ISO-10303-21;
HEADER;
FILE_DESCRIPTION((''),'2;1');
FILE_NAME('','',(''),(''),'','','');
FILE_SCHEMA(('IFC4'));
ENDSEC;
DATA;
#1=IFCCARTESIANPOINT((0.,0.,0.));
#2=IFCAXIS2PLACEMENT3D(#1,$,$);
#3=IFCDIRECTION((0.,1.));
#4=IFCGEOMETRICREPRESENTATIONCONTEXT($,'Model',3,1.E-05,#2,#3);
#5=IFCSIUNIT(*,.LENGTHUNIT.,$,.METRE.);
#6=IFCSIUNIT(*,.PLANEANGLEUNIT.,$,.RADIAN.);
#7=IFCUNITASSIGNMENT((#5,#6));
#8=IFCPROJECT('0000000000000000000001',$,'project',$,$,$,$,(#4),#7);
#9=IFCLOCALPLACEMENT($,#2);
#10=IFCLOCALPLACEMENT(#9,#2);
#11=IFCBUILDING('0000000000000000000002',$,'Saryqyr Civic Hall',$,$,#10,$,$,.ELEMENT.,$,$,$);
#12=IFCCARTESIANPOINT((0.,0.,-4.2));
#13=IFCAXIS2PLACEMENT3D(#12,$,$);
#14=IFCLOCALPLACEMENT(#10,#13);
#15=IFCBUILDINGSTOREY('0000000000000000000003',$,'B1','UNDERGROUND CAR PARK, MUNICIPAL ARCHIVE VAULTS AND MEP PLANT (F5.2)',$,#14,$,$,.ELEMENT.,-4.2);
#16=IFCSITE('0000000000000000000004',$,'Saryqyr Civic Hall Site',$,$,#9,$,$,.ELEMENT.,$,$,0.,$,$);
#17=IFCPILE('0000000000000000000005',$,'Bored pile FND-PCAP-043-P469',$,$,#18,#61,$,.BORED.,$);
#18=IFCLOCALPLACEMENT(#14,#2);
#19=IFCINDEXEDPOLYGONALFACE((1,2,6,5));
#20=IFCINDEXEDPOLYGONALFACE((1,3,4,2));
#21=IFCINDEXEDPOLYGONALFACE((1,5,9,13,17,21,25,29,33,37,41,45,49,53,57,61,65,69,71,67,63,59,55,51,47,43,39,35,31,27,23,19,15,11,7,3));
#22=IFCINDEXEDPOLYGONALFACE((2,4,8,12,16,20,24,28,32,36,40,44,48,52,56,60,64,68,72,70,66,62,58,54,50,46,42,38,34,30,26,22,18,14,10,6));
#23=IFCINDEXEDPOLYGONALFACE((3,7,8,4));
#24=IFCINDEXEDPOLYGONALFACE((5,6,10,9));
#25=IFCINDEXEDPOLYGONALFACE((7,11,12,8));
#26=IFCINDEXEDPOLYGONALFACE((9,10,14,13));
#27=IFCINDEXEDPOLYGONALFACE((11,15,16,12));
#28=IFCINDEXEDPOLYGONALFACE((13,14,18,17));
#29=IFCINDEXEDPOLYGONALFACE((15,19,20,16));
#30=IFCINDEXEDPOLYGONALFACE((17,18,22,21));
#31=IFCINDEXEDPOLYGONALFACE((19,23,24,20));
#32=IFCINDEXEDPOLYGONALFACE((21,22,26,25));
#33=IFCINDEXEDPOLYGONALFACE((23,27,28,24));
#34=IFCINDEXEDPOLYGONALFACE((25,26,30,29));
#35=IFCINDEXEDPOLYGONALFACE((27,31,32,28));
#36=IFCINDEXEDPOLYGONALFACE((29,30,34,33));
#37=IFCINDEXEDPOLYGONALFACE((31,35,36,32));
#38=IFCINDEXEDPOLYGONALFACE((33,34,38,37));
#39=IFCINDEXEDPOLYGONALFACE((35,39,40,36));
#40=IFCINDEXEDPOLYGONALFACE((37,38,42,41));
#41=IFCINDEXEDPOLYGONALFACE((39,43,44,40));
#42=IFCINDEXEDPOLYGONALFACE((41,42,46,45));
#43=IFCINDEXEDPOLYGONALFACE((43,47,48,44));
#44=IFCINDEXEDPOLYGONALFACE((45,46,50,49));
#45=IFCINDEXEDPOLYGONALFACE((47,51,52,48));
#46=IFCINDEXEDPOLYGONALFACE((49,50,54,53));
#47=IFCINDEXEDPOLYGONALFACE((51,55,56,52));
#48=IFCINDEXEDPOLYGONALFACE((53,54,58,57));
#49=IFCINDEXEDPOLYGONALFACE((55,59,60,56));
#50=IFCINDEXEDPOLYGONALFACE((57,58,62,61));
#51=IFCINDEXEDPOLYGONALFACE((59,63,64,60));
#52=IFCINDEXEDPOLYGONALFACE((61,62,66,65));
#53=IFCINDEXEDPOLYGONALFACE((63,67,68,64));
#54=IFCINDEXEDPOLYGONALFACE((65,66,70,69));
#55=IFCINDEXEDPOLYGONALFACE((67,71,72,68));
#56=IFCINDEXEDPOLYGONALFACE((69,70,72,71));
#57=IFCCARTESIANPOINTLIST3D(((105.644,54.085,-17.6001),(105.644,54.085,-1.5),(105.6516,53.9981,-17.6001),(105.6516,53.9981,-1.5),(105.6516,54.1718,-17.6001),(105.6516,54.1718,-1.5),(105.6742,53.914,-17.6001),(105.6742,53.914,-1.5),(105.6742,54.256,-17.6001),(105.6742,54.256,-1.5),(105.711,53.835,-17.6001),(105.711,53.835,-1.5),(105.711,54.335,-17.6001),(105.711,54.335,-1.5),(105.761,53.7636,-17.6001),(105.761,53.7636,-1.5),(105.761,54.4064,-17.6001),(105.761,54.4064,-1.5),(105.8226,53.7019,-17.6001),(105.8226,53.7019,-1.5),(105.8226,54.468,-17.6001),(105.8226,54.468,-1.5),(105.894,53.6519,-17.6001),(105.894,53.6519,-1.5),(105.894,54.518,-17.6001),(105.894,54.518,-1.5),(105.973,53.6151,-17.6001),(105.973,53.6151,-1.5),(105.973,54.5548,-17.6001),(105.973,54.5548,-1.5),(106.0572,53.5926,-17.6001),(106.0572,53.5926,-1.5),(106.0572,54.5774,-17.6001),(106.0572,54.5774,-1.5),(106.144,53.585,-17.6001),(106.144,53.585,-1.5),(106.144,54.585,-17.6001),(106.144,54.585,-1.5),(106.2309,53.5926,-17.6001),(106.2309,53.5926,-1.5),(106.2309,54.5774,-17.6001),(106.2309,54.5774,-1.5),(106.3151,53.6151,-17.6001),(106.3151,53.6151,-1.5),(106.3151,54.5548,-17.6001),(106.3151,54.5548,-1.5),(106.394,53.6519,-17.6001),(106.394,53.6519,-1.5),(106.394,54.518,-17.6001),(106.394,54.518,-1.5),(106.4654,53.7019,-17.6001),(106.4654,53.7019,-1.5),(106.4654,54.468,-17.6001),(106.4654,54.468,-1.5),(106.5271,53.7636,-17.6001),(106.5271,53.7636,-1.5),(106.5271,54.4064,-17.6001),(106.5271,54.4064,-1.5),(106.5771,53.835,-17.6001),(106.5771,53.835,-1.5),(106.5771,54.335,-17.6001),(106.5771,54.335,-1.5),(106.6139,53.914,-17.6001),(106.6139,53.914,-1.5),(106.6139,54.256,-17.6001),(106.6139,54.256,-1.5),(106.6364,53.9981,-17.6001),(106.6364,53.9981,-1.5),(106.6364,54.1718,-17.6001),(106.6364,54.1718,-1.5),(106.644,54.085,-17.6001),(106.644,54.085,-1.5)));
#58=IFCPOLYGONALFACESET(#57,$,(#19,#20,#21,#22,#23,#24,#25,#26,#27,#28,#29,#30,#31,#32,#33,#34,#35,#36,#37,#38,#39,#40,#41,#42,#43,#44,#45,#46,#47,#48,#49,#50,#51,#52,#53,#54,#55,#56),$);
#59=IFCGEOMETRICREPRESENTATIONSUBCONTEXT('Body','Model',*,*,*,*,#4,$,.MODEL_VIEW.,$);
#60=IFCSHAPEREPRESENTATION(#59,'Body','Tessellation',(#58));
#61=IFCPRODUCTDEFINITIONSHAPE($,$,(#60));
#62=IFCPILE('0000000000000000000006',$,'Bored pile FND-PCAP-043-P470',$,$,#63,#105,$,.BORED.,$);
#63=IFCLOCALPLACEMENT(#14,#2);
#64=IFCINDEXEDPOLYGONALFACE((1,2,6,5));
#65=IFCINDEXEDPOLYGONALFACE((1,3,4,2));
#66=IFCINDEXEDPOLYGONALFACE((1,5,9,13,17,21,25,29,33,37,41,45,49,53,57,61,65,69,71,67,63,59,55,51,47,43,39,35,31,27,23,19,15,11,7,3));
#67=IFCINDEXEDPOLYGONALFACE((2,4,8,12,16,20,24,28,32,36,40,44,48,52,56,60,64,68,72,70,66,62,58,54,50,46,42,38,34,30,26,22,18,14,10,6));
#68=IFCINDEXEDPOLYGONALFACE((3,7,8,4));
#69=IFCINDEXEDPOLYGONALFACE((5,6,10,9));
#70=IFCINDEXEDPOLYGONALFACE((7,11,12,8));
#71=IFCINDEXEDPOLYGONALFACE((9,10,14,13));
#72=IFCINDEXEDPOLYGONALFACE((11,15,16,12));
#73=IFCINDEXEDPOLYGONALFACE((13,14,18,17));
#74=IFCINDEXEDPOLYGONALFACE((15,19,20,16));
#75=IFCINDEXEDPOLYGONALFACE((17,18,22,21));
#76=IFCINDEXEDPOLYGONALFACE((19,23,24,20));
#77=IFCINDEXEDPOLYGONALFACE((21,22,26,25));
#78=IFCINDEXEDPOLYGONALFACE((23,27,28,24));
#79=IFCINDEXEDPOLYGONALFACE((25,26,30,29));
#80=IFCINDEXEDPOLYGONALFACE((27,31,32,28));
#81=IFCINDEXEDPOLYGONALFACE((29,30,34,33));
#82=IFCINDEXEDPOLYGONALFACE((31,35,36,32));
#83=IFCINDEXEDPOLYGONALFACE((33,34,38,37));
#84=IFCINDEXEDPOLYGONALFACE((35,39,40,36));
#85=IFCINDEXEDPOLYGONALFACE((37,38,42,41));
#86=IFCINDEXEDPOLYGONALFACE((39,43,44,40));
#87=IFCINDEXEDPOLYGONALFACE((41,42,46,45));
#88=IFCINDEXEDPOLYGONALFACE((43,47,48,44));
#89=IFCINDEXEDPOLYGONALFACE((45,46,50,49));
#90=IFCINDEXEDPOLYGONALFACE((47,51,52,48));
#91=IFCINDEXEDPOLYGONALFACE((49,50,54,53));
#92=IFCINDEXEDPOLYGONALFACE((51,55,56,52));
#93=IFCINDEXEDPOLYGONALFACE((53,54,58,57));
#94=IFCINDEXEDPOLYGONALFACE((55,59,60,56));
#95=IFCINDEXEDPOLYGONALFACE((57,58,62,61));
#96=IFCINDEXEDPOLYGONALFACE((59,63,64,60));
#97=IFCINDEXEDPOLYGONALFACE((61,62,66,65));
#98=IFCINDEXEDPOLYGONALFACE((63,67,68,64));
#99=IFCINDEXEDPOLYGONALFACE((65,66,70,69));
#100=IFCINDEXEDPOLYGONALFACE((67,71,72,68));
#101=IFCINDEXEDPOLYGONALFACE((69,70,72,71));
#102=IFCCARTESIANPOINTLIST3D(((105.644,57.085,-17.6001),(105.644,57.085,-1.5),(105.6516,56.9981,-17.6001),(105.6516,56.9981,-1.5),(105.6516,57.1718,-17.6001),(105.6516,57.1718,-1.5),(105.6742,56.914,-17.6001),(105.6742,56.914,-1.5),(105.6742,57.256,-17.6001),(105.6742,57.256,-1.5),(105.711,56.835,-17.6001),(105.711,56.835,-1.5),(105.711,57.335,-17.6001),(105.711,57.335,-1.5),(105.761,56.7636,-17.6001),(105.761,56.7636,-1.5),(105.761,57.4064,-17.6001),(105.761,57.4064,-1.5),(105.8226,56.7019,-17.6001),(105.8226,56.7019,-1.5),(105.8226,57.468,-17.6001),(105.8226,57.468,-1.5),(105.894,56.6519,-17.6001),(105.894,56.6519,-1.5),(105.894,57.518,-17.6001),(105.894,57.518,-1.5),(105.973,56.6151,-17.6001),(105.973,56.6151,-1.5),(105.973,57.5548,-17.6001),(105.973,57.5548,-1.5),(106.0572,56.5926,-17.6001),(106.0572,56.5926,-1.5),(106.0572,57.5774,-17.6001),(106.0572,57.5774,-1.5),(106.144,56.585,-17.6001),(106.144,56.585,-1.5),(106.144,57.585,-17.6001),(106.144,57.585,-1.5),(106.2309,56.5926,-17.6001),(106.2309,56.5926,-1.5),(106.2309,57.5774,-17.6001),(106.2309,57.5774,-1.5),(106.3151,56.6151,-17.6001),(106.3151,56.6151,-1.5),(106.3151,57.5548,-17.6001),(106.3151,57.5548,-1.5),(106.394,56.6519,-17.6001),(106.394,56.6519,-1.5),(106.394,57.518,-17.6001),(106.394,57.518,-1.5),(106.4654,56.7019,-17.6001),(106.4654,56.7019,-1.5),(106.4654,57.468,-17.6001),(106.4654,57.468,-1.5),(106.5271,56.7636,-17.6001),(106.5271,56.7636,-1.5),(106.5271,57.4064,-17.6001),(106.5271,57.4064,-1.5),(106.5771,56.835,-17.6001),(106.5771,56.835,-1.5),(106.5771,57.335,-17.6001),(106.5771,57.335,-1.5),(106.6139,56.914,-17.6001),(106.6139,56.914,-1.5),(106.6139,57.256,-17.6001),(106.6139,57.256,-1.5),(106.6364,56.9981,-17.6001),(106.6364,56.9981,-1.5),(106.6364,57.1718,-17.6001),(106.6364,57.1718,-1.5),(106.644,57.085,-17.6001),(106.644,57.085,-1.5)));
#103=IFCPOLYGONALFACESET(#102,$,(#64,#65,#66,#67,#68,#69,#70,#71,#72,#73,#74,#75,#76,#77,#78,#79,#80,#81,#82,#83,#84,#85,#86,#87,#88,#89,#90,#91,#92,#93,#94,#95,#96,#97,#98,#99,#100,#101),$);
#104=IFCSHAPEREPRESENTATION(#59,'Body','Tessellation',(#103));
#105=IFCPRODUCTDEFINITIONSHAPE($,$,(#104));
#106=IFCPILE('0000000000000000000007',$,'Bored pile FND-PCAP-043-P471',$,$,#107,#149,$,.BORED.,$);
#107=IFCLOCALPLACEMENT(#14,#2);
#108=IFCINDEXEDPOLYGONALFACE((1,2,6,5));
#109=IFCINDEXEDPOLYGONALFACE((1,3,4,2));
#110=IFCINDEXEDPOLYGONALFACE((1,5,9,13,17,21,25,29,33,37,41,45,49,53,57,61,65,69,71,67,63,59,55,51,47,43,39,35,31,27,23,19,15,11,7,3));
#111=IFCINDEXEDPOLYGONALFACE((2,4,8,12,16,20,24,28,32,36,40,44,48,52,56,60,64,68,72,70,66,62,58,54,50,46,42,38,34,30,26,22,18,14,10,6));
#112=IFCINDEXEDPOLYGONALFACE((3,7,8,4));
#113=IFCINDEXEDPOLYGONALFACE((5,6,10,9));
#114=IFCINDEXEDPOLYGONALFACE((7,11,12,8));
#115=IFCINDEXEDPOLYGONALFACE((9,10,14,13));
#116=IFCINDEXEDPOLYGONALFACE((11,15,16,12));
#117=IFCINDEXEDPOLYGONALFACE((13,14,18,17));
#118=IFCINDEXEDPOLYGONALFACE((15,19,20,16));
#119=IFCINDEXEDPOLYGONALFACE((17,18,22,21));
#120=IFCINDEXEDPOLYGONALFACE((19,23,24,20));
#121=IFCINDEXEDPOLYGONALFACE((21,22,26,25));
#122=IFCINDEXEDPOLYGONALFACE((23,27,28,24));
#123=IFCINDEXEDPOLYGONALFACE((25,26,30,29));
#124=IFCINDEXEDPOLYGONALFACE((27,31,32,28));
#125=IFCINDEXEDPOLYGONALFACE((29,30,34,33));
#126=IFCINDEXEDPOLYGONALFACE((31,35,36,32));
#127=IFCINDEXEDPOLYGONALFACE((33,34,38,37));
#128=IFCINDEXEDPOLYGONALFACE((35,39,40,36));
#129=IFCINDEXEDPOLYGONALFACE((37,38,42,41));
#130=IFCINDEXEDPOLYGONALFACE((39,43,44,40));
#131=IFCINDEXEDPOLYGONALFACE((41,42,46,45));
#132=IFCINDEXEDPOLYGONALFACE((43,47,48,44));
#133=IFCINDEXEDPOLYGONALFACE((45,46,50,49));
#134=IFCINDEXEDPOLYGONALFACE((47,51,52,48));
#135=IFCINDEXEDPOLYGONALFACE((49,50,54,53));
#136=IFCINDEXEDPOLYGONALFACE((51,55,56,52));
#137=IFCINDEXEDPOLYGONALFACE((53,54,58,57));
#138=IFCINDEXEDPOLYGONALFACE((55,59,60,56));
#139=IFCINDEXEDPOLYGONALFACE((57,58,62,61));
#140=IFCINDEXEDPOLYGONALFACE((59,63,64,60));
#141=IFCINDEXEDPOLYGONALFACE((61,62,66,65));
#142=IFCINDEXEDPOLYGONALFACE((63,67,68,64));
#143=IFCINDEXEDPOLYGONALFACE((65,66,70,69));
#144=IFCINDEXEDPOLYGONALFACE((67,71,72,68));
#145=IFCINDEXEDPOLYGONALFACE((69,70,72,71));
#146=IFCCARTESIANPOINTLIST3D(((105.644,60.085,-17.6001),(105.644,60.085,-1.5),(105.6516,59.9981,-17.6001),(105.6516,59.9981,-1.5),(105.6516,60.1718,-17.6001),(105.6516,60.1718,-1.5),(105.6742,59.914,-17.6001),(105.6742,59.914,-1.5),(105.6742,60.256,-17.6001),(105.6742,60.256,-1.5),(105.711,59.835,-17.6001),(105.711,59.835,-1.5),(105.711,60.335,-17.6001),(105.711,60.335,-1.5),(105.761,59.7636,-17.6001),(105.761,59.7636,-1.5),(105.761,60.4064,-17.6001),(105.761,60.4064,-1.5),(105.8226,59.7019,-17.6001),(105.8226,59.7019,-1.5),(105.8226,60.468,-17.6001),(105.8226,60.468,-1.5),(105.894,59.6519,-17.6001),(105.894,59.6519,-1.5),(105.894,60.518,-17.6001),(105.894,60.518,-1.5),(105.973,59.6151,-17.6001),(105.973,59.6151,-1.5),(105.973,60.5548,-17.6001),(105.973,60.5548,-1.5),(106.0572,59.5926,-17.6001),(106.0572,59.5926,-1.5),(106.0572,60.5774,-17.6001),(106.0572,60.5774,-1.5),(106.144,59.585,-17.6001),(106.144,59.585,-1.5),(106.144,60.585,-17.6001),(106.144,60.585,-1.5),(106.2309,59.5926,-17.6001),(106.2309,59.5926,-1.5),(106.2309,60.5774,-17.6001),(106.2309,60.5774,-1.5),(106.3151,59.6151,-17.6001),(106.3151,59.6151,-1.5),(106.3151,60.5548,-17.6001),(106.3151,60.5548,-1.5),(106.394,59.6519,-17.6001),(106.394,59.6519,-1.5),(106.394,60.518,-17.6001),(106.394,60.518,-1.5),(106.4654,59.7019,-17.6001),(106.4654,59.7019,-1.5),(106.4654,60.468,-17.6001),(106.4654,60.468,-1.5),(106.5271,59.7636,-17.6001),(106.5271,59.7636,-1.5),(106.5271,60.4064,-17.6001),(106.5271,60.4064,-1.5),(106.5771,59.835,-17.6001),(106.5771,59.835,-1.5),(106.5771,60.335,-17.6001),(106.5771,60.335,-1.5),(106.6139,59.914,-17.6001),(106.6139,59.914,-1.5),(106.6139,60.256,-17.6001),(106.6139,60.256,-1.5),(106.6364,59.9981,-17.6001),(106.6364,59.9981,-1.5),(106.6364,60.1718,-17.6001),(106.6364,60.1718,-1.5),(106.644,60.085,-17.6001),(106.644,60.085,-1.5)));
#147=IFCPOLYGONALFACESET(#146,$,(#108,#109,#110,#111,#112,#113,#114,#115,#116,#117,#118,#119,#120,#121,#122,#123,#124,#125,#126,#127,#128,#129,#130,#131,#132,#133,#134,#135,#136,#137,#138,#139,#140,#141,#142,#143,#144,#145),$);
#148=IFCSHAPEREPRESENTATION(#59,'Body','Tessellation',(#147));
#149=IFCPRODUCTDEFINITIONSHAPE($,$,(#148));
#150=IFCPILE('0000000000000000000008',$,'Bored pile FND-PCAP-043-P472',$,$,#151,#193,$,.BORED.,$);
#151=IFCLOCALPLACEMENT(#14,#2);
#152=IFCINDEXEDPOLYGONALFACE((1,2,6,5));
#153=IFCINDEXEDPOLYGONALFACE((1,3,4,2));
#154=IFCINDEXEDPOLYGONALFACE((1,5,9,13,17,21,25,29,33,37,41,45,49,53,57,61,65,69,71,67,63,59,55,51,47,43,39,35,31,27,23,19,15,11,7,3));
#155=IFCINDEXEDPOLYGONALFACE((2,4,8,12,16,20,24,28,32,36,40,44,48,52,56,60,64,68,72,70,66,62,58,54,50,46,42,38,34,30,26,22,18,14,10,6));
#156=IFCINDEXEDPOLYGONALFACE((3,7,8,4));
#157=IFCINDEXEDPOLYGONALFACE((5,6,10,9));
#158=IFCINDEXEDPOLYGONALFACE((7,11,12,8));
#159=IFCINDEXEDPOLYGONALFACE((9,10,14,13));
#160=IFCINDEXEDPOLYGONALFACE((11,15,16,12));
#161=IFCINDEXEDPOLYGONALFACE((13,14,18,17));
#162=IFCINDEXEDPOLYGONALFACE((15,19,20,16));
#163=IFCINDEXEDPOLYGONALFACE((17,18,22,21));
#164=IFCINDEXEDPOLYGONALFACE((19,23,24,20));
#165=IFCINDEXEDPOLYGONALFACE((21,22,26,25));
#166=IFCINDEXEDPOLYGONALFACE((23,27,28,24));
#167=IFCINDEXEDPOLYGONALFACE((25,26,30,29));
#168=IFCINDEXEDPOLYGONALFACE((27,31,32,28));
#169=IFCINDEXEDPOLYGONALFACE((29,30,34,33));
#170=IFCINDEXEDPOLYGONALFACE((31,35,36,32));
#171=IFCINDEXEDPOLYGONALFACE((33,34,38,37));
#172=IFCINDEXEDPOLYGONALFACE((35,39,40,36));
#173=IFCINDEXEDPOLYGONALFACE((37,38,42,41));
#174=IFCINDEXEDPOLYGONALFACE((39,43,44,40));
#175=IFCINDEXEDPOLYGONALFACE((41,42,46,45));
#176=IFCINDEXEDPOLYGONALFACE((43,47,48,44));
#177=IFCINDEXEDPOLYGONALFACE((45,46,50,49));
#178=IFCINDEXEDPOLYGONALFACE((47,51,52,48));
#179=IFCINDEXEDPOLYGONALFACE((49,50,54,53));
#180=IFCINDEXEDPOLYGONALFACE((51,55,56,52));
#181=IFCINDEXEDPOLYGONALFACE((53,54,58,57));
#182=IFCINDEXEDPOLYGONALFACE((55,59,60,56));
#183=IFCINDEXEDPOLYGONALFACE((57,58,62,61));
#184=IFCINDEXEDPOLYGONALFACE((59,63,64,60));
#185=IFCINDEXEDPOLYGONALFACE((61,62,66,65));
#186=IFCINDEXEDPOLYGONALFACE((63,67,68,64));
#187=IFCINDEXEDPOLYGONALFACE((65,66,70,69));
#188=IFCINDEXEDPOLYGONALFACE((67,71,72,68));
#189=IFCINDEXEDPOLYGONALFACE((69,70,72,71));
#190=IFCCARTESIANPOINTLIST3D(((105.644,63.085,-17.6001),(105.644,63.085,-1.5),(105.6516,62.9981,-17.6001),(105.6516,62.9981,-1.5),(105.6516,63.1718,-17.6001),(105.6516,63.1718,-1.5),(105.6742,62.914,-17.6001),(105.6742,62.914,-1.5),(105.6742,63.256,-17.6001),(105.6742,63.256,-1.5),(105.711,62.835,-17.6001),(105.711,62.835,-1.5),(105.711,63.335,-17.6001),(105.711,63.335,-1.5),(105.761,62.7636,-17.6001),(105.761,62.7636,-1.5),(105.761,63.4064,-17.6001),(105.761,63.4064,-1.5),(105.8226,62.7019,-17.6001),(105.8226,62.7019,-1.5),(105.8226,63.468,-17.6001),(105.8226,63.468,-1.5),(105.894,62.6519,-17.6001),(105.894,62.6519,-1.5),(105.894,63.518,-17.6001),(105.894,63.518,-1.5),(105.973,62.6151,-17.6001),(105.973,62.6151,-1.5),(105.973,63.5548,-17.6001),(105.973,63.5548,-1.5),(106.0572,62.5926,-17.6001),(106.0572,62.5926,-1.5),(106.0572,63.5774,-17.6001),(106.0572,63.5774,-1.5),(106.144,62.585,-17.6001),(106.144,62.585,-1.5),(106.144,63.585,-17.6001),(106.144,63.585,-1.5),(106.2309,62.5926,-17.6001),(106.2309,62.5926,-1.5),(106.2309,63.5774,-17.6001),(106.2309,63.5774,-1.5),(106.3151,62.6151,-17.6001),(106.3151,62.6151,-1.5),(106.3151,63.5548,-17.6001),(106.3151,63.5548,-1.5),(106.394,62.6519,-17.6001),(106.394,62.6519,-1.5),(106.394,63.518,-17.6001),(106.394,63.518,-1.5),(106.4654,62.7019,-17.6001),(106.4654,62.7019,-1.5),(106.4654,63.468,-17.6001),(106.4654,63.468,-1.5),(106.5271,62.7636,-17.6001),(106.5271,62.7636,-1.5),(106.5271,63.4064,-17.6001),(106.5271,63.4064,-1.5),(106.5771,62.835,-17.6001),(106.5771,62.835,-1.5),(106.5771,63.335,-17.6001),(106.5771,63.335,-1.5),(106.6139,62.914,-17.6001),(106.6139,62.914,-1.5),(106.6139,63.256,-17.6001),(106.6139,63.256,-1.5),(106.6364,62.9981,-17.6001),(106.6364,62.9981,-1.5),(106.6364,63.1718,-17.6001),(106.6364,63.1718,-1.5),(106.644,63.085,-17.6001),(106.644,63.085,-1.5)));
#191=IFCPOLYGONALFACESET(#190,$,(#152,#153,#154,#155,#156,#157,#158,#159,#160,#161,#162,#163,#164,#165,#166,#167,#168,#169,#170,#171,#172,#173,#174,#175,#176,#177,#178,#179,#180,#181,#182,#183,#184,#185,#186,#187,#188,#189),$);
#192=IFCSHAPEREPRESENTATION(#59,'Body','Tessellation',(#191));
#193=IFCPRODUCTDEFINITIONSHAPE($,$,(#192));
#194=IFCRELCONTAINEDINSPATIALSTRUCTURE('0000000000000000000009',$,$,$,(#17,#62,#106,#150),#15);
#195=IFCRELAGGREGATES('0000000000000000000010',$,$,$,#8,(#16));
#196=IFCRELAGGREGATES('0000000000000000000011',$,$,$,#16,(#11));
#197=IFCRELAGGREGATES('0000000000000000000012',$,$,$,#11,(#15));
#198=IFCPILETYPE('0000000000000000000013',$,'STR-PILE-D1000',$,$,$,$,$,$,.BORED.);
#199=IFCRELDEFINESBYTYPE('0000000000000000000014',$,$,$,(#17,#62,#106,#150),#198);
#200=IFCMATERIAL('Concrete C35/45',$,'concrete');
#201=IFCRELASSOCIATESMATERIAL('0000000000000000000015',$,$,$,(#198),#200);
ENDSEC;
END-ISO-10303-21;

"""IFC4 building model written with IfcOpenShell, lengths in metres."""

from ifc_helpers import new_model, si_unit, direction, frame, origin, origin_2d, place, context, subcontext, project, spatial, circle, extrude, material, material_profile, profile_set, type_object, element, save


model = new_model("IFC4")

# Units and contexts
model_context = context("Model", 3, precision=1e-05, world=origin(), true_north=direction((0.0, 1.0)))
body_context = subcontext(model_context, "Body", "Model", "MODEL_VIEW")
ifc_project = project(units=[si_unit("LENGTHUNIT", "METRE"), si_unit("PLANEANGLEUNIT", "RADIAN")], contexts=[model_context])

# Site, building, storey
site_placement = place(None, origin())
site = spatial("IfcSite", under=ifc_project, at=site_placement, Name="Saryqyr Civic Hall Site", CompositionType="ELEMENT", RefElevation=0.0)
building_placement = place(site_placement, origin())
building = spatial("IfcBuilding", under=site, at=building_placement, Name="Saryqyr Civic Hall", CompositionType="ELEMENT")
storey_placement = place(building_placement, frame((0.0, 0.0, -4.2)))
storey = spatial("IfcBuildingStorey", under=building, at=storey_placement, Name="B1", Description="UNDERGROUND CAR PARK, MUNICIPAL ARCHIVE VAULTS AND MEP PLANT (F5.2)", CompositionType="ELEMENT", Elevation=-4.2)

# Piles
ifc_material_1 = material(Name="Concrete C35/45", Category="concrete")
ifc_material_profile_1 = material_profile(ifc_material_1, circle(Radius=0.5, at=origin_2d()), Name="BORED PILE D1000")
ifc_profile_set_1 = profile_set([ifc_material_profile_1], Name="Concrete C35/45")
pile_type = type_object("IfcPileType", Name="STR-PILE-D1000", PredefinedType="BORED", material=ifc_profile_set_1)
for number, where, z_axis, x_axis, name in (
    (1, (106.144, 54.085, -1.5), (0.0, 0.0, -1.0), (1.0, 0.0, 0.0), "Bored pile FND-PCAP-043-P469"),
    (2, (106.144, 57.085, -1.5), (0.0, 0.0, -1.0), (1.0, 0.0, 0.0), "Bored pile FND-PCAP-043-P470"),
    (3, (106.144, 60.085, -1.5), (0.0, 0.0, -1.0), (1.0, 0.0, 0.0), "Bored pile FND-PCAP-043-P471"),
    (4, (106.144, 63.085, -1.5), (0.0, 0.0, -1.0), (1.0, 0.0, 0.0), "Bored pile FND-PCAP-043-P472"),
):
    element("IfcPile", number, at=place(storey_placement, frame(where, z_axis=z_axis, x_axis=x_axis)), inside=storey, type_object=pile_type, Name=name, PredefinedType="BORED", context=body_context, shape_type="SweptSolid", body=[
        extrude(circle(Radius=0.5, at=origin_2d()), origin(), (0.0, 0.0, 1.0), 16.1001),
    ])

save(model, "model.ifc")
